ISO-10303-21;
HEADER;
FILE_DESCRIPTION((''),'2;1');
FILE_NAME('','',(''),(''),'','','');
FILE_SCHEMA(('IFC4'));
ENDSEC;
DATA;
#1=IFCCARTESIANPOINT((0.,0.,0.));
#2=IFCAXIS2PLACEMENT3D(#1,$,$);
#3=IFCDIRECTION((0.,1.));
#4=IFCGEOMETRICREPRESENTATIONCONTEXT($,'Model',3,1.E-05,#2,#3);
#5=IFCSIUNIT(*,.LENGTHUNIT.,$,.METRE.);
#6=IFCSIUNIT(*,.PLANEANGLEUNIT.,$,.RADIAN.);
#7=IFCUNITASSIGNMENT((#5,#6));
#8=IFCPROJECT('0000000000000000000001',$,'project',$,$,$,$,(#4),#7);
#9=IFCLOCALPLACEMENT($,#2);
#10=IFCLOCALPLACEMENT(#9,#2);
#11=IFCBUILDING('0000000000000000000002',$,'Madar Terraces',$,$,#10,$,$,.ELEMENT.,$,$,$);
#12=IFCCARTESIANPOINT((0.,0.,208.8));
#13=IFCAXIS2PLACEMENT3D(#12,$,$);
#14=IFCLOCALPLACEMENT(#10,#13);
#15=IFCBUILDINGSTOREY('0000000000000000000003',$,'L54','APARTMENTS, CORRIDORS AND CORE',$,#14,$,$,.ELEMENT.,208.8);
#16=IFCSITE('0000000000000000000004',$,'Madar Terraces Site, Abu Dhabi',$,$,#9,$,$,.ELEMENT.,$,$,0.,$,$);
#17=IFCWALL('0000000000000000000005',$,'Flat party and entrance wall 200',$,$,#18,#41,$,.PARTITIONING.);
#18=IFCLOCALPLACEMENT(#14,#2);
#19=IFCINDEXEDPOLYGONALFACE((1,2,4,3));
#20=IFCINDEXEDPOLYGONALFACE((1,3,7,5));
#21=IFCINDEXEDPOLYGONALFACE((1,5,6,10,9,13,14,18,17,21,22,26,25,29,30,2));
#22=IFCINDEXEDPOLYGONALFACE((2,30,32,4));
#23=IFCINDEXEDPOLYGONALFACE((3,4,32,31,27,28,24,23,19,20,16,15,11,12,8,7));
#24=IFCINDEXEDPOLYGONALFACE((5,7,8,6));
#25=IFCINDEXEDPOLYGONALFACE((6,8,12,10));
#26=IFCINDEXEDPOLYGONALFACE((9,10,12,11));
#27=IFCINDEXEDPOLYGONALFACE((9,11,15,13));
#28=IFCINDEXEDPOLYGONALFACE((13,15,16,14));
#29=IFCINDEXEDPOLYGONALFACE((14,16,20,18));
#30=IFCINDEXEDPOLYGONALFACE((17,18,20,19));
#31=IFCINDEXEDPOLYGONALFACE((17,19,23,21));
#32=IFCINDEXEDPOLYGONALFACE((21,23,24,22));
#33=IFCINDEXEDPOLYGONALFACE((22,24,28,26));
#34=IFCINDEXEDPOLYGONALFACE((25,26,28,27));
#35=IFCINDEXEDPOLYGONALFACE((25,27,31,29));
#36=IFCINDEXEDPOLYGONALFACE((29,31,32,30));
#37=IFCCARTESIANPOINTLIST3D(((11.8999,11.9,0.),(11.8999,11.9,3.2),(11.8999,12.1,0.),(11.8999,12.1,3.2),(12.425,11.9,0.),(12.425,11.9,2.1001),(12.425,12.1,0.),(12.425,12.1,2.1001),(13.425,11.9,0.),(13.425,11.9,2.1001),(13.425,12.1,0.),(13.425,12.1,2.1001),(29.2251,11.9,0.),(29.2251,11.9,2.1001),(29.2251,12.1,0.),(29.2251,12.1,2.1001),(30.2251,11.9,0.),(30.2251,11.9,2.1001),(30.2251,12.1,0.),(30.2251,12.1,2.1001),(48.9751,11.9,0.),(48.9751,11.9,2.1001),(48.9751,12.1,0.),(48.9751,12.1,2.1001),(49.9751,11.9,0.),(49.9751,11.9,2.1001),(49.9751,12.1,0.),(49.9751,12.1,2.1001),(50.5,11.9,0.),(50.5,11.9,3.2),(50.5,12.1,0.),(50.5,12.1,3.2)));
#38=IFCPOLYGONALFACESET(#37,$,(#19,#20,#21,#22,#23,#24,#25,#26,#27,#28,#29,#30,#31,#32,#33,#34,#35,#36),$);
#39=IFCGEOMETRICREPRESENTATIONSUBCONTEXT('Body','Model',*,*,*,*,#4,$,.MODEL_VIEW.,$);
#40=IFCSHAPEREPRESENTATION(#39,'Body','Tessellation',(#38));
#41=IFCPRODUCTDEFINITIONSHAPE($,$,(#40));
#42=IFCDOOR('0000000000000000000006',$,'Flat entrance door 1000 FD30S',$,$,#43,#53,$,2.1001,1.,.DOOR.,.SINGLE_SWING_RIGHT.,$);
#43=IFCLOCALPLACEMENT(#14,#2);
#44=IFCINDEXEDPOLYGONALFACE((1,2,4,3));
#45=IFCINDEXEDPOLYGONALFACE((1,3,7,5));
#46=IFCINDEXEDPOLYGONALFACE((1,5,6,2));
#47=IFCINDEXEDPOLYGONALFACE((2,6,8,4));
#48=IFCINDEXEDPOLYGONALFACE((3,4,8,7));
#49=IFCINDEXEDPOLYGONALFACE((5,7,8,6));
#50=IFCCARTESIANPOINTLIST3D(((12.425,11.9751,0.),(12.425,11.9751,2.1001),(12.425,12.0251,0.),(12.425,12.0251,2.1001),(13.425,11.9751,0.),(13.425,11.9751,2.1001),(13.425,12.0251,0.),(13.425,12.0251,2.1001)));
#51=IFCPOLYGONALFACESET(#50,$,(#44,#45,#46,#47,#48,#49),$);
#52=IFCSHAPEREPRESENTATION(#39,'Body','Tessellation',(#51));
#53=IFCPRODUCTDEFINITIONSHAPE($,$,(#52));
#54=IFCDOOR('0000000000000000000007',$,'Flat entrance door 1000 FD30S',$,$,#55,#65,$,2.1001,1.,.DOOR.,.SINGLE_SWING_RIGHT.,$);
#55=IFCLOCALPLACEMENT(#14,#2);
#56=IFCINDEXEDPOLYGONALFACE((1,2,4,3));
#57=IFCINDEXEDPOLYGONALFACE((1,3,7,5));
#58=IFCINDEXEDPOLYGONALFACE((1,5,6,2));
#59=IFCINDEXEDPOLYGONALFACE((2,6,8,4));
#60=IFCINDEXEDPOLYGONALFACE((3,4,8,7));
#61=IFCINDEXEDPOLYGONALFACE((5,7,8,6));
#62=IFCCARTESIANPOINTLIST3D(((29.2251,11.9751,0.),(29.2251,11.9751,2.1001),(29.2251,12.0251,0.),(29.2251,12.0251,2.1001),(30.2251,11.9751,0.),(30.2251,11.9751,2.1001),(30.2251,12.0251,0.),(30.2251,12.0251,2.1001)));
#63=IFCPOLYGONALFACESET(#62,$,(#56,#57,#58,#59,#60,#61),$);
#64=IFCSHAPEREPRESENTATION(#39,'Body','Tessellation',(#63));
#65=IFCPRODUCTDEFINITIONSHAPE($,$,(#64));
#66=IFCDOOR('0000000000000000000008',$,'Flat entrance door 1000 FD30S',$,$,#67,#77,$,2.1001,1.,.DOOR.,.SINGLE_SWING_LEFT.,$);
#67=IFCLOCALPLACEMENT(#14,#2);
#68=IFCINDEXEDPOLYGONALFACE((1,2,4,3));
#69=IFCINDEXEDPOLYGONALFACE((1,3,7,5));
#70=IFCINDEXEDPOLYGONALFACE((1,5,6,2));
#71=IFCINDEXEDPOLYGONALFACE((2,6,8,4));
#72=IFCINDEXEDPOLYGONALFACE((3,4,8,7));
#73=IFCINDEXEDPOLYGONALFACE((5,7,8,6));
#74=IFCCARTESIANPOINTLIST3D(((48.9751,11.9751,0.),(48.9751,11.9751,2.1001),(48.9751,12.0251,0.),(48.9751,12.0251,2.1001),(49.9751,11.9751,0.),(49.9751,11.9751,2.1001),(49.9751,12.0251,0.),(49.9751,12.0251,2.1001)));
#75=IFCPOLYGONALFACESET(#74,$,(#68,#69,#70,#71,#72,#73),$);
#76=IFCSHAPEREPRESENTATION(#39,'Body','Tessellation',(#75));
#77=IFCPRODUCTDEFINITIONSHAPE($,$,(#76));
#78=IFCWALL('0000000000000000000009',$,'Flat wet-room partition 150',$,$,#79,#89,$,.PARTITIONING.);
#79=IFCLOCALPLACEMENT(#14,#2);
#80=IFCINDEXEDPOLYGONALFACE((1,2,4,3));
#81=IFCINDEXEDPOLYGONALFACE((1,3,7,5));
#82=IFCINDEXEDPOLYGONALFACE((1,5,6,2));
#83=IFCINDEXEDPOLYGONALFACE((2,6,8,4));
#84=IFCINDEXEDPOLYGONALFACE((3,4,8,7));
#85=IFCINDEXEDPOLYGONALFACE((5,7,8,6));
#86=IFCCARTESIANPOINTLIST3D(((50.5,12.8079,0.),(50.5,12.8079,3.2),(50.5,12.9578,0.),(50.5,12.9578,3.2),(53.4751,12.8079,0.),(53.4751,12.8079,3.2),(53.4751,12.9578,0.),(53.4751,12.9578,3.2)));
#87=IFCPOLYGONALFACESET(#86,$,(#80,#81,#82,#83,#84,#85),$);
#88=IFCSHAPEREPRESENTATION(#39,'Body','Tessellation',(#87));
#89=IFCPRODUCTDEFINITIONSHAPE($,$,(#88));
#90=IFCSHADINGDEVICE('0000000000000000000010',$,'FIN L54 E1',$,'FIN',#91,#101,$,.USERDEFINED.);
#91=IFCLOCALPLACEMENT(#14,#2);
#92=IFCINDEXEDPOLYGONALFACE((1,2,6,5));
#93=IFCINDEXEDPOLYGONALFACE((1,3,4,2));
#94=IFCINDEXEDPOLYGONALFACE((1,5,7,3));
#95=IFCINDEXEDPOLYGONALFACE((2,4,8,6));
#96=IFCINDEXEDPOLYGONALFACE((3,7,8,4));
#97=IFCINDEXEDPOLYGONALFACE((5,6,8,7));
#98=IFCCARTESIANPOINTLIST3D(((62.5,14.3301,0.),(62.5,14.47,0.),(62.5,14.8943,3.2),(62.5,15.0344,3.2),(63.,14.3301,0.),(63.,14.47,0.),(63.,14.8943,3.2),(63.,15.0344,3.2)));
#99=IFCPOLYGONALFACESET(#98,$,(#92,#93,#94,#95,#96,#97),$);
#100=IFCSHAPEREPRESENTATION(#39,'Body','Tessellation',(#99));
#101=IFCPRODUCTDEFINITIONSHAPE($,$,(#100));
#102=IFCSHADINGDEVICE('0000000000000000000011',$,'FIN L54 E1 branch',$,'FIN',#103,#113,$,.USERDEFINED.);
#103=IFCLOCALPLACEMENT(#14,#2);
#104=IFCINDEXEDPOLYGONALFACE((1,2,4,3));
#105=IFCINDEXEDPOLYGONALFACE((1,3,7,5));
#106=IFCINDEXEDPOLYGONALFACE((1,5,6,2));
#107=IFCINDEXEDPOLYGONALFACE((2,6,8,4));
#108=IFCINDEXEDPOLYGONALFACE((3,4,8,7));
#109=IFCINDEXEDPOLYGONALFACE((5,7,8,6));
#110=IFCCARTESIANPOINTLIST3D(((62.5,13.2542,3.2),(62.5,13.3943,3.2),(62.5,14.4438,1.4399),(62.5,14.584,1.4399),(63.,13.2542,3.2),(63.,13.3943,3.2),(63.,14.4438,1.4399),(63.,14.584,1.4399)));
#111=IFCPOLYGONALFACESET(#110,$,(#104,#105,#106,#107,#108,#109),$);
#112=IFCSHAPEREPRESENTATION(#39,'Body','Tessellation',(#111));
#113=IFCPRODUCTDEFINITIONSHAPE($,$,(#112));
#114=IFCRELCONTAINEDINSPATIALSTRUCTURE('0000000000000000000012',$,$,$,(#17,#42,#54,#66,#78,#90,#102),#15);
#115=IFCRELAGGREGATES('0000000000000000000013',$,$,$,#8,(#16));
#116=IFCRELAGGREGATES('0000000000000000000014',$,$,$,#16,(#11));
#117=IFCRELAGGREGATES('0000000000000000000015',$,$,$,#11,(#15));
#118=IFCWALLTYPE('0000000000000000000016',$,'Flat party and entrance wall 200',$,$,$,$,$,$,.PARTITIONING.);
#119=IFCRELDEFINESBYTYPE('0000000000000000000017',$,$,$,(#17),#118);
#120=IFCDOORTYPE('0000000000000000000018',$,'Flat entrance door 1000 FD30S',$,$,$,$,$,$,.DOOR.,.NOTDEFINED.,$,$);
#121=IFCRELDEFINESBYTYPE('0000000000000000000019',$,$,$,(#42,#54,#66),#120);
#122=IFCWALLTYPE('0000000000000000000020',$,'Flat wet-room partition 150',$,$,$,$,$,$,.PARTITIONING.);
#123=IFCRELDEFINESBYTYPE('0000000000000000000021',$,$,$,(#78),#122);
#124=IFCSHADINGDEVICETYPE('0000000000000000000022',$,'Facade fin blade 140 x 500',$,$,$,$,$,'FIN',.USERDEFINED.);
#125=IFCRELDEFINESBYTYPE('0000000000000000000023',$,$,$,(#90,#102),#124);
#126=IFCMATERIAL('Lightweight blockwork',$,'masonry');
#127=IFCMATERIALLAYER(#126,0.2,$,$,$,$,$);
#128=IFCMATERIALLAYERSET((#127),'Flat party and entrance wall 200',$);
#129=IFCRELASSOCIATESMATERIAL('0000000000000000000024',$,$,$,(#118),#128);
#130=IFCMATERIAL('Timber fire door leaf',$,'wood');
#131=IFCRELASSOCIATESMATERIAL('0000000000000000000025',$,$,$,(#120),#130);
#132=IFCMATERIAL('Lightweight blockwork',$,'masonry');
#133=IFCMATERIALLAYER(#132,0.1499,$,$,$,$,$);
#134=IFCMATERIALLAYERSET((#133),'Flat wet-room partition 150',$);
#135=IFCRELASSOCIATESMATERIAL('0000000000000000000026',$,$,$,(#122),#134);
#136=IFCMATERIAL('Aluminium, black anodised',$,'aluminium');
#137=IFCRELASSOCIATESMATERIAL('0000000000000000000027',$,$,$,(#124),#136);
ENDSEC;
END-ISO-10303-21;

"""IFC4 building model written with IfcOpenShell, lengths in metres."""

from ifc_helpers import new_model, si_unit, direction, frame, frame_2d, origin, place, context, subcontext, project, spatial, polyline, rectangle, outline, extrude, material, layer, layer_set, type_object, element, fill, save


model = new_model("IFC4")

# Units and contexts
model_context = context("Model", 3, precision=1e-05, world=origin(), true_north=direction((0.0, 1.0)))
body_context = subcontext(model_context, "Body", "Model", "MODEL_VIEW")
ifc_project = project(units=[si_unit("LENGTHUNIT", "METRE"), si_unit("PLANEANGLEUNIT", "RADIAN")], contexts=[model_context])

# Site, building, storey
site_placement = place(None, origin())
site = spatial("IfcSite", under=ifc_project, at=site_placement, Name="Madar Terraces Site, Abu Dhabi", CompositionType="ELEMENT", RefElevation=0.0)
building_placement = place(site_placement, origin())
building = spatial("IfcBuilding", under=site, at=building_placement, Name="Madar Terraces", CompositionType="ELEMENT")
storey_placement = place(building_placement, frame((0.0, 0.0, 208.8)))
storey = spatial("IfcBuildingStorey", under=building, at=storey_placement, Name="L54", Description="APARTMENTS, CORRIDORS AND CORE", CompositionType="ELEMENT", Elevation=208.8)

# Wall, openings, doors
ifc_material_1 = material(Name="Lightweight blockwork", Category="masonry")
ifc_layer_1 = layer(ifc_material_1, 0.2)
ifc_layer_set_1 = layer_set([ifc_layer_1], Name="Flat party and entrance wall 200")
wall_type_1 = type_object("IfcWallType", Name="Flat party and entrance wall 200", PredefinedType="PARTITIONING", material=ifc_layer_set_1)
wall_1_placement = place(storey_placement, frame((50.5, 12.0, 0.0), z_axis=(0.0, 0.0, 1.0), x_axis=(-1.0, 0.0, 0.0)))
wall_1 = element("IfcWall", 1, at=wall_1_placement, inside=storey, type_object=wall_type_1, Name="Flat party and entrance wall 200", PredefinedType="PARTITIONING", context=body_context, shape_type="SweptSolid", body=[
    extrude(rectangle(XDim=38.6001, YDim=0.2, at=frame_2d((19.3, 0.0))), origin(), (0.0, 0.0, 1.0), 3.2),
])
opening_1_placement = place(wall_1_placement, frame((37.075, 0.0, 0.0)))
opening_1 = element("IfcOpeningElement", 2, at=opening_1_placement, cuts=wall_1, PredefinedType="OPENING", context=body_context, shape_type="SweptSolid", body=[
    extrude(rectangle(XDim=1.0, YDim=2.1001, at=frame_2d((0.5, 1.05))), frame((0.0, 0.1099, 0.0), z_axis=(0.0, -1.0, 0.0), x_axis=(1.0, 0.0, 0.0)), (0.0, 0.0, 1.0), 0.22),
])
opening_2_placement = place(wall_1_placement, frame((20.2749, 0.0, 0.0)))
opening_2 = element("IfcOpeningElement", 3, at=opening_2_placement, cuts=wall_1, PredefinedType="OPENING", context=body_context, shape_type="SweptSolid", body=[
    extrude(rectangle(XDim=1.0, YDim=2.1001, at=frame_2d((0.5, 1.05))), frame((0.0, 0.1099, 0.0), z_axis=(0.0, -1.0, 0.0), x_axis=(1.0, 0.0, 0.0)), (0.0, 0.0, 1.0), 0.22),
])
opening_3_placement = place(wall_1_placement, frame((0.5249, 0.0, 0.0)))
opening_3 = element("IfcOpeningElement", 4, at=opening_3_placement, cuts=wall_1, PredefinedType="OPENING", context=body_context, shape_type="SweptSolid", body=[
    extrude(rectangle(XDim=1.0, YDim=2.1001, at=frame_2d((0.5, 1.05))), frame((0.0, 0.1099, 0.0), z_axis=(0.0, -1.0, 0.0), x_axis=(1.0, 0.0, 0.0)), (0.0, 0.0, 1.0), 0.22),
])
ifc_material_2 = material(Name="Timber fire door leaf", Category="wood")
door_type = type_object("IfcDoorType", Name="Flat entrance door 1000 FD30S", OperationType="NOTDEFINED", PredefinedType="DOOR", material=ifc_material_2)
door_1_placement = place(opening_1_placement, origin())
door_1 = element("IfcDoor", 5, at=door_1_placement, inside=storey, type_object=door_type, Name="Flat entrance door 1000 FD30S", OperationType="SINGLE_SWING_RIGHT", OverallHeight=2.1001, OverallWidth=1.0, PredefinedType="DOOR", context=body_context, shape_type="SweptSolid", body=[
    extrude(rectangle(XDim=1.0, YDim=2.1001, at=frame_2d((0.5, 1.05))), frame((0.0, 0.0249, 0.0), z_axis=(0.0, -1.0, 0.0), x_axis=(1.0, 0.0, 0.0)), (0.0, 0.0, 1.0), 0.05),
])
fill(opening_1, door_1)
door_2_placement = place(opening_2_placement, origin())
door_2 = element("IfcDoor", 6, at=door_2_placement, inside=storey, type_object=door_type, Name="Flat entrance door 1000 FD30S", OperationType="SINGLE_SWING_RIGHT", OverallHeight=2.1001, OverallWidth=1.0, PredefinedType="DOOR", context=body_context, shape_type="SweptSolid", body=[
    extrude(rectangle(XDim=1.0, YDim=2.1001, at=frame_2d((0.5, 1.05))), frame((0.0, 0.0249, 0.0), z_axis=(0.0, -1.0, 0.0), x_axis=(1.0, 0.0, 0.0)), (0.0, 0.0, 1.0), 0.05),
])
fill(opening_2, door_2)
door_3_placement = place(opening_3_placement, origin())
door_3 = element("IfcDoor", 7, at=door_3_placement, inside=storey, type_object=door_type, Name="Flat entrance door 1000 FD30S", OperationType="SINGLE_SWING_LEFT", OverallHeight=2.1001, OverallWidth=1.0, PredefinedType="DOOR", context=body_context, shape_type="SweptSolid", body=[
    extrude(rectangle(XDim=1.0, YDim=2.1001, at=frame_2d((0.5, 1.05))), frame((0.0, 0.0249, 0.0), z_axis=(0.0, -1.0, 0.0), x_axis=(1.0, 0.0, 0.0)), (0.0, 0.0, 1.0), 0.05),
])
fill(opening_3, door_3)

# Wall
ifc_material_3 = material(Name="Lightweight blockwork", Category="masonry")
ifc_layer_2 = layer(ifc_material_3, 0.1499)
ifc_layer_set_2 = layer_set([ifc_layer_2], Name="Flat wet-room partition 150")
wall_type_2 = type_object("IfcWallType", Name="Flat wet-room partition 150", PredefinedType="PARTITIONING", material=ifc_layer_set_2)
wall_2_placement = place(storey_placement, frame((50.5, 12.8828, 0.0), z_axis=(0.0, 0.0, 1.0), x_axis=(1.0, 0.0, 0.0)))
element("IfcWall", 8, at=wall_2_placement, inside=storey, type_object=wall_type_2, Name="Flat wet-room partition 150", PredefinedType="PARTITIONING", context=body_context, shape_type="SweptSolid", body=[
    extrude(rectangle(XDim=2.9751, YDim=0.1499, at=frame_2d((1.4875, 0.0))), origin(), (0.0, 0.0, 1.0), 3.2),
])

# Shading devices
ifc_material_4 = material(Name="Aluminium, black anodised", Category="aluminium")
shading_device_type = type_object("IfcShadingDeviceType", Name="Facade fin blade 140 x 500", ElementType="FIN", PredefinedType="USERDEFINED", material=ifc_material_4)
shading_device_1_placement = place(storey_placement, frame((62.75, 14.3301, 0.0), z_axis=(0.0, 0.0, 1.0), x_axis=(0.0, 1.0, 0.0)))
element("IfcShadingDevice", 9, at=shading_device_1_placement, inside=storey, type_object=shading_device_type, Name="FIN L54 E1", ObjectType="FIN", PredefinedType="USERDEFINED", context=body_context, shape_type="SweptSolid", body=[
    extrude(outline(polyline([(0.0, 0.0), (0.1399, 0.0), (0.7043, 3.2), (0.5642, 3.2), (0.0, 0.0)])), frame((0.0, 0.25, 0.0), z_axis=(0.0, -1.0, 0.0), x_axis=(1.0, 0.0, 0.0)), (0.0, 0.0, 1.0), 0.5),
])
shading_device_2_placement = place(storey_placement, frame((62.75, 14.4438, 1.4399), z_axis=(0.0, 0.0, 1.0), x_axis=(0.0, 1.0, 0.0)))
element("IfcShadingDevice", 10, at=shading_device_2_placement, inside=storey, type_object=shading_device_type, Name="FIN L54 E1 branch", ObjectType="FIN", PredefinedType="USERDEFINED", context=body_context, shape_type="SweptSolid", body=[
    extrude(outline(polyline([(0.0, 0.0), (0.1401, 0.0), (-1.0496, 1.76), (-1.1897, 1.76), (0.0, 0.0)])), frame((0.0, 0.25, 0.0), z_axis=(0.0, -1.0, 0.0), x_axis=(1.0, 0.0, 0.0)), (0.0, 0.0, 1.0), 0.5),
])

save(model, "model.ifc")
